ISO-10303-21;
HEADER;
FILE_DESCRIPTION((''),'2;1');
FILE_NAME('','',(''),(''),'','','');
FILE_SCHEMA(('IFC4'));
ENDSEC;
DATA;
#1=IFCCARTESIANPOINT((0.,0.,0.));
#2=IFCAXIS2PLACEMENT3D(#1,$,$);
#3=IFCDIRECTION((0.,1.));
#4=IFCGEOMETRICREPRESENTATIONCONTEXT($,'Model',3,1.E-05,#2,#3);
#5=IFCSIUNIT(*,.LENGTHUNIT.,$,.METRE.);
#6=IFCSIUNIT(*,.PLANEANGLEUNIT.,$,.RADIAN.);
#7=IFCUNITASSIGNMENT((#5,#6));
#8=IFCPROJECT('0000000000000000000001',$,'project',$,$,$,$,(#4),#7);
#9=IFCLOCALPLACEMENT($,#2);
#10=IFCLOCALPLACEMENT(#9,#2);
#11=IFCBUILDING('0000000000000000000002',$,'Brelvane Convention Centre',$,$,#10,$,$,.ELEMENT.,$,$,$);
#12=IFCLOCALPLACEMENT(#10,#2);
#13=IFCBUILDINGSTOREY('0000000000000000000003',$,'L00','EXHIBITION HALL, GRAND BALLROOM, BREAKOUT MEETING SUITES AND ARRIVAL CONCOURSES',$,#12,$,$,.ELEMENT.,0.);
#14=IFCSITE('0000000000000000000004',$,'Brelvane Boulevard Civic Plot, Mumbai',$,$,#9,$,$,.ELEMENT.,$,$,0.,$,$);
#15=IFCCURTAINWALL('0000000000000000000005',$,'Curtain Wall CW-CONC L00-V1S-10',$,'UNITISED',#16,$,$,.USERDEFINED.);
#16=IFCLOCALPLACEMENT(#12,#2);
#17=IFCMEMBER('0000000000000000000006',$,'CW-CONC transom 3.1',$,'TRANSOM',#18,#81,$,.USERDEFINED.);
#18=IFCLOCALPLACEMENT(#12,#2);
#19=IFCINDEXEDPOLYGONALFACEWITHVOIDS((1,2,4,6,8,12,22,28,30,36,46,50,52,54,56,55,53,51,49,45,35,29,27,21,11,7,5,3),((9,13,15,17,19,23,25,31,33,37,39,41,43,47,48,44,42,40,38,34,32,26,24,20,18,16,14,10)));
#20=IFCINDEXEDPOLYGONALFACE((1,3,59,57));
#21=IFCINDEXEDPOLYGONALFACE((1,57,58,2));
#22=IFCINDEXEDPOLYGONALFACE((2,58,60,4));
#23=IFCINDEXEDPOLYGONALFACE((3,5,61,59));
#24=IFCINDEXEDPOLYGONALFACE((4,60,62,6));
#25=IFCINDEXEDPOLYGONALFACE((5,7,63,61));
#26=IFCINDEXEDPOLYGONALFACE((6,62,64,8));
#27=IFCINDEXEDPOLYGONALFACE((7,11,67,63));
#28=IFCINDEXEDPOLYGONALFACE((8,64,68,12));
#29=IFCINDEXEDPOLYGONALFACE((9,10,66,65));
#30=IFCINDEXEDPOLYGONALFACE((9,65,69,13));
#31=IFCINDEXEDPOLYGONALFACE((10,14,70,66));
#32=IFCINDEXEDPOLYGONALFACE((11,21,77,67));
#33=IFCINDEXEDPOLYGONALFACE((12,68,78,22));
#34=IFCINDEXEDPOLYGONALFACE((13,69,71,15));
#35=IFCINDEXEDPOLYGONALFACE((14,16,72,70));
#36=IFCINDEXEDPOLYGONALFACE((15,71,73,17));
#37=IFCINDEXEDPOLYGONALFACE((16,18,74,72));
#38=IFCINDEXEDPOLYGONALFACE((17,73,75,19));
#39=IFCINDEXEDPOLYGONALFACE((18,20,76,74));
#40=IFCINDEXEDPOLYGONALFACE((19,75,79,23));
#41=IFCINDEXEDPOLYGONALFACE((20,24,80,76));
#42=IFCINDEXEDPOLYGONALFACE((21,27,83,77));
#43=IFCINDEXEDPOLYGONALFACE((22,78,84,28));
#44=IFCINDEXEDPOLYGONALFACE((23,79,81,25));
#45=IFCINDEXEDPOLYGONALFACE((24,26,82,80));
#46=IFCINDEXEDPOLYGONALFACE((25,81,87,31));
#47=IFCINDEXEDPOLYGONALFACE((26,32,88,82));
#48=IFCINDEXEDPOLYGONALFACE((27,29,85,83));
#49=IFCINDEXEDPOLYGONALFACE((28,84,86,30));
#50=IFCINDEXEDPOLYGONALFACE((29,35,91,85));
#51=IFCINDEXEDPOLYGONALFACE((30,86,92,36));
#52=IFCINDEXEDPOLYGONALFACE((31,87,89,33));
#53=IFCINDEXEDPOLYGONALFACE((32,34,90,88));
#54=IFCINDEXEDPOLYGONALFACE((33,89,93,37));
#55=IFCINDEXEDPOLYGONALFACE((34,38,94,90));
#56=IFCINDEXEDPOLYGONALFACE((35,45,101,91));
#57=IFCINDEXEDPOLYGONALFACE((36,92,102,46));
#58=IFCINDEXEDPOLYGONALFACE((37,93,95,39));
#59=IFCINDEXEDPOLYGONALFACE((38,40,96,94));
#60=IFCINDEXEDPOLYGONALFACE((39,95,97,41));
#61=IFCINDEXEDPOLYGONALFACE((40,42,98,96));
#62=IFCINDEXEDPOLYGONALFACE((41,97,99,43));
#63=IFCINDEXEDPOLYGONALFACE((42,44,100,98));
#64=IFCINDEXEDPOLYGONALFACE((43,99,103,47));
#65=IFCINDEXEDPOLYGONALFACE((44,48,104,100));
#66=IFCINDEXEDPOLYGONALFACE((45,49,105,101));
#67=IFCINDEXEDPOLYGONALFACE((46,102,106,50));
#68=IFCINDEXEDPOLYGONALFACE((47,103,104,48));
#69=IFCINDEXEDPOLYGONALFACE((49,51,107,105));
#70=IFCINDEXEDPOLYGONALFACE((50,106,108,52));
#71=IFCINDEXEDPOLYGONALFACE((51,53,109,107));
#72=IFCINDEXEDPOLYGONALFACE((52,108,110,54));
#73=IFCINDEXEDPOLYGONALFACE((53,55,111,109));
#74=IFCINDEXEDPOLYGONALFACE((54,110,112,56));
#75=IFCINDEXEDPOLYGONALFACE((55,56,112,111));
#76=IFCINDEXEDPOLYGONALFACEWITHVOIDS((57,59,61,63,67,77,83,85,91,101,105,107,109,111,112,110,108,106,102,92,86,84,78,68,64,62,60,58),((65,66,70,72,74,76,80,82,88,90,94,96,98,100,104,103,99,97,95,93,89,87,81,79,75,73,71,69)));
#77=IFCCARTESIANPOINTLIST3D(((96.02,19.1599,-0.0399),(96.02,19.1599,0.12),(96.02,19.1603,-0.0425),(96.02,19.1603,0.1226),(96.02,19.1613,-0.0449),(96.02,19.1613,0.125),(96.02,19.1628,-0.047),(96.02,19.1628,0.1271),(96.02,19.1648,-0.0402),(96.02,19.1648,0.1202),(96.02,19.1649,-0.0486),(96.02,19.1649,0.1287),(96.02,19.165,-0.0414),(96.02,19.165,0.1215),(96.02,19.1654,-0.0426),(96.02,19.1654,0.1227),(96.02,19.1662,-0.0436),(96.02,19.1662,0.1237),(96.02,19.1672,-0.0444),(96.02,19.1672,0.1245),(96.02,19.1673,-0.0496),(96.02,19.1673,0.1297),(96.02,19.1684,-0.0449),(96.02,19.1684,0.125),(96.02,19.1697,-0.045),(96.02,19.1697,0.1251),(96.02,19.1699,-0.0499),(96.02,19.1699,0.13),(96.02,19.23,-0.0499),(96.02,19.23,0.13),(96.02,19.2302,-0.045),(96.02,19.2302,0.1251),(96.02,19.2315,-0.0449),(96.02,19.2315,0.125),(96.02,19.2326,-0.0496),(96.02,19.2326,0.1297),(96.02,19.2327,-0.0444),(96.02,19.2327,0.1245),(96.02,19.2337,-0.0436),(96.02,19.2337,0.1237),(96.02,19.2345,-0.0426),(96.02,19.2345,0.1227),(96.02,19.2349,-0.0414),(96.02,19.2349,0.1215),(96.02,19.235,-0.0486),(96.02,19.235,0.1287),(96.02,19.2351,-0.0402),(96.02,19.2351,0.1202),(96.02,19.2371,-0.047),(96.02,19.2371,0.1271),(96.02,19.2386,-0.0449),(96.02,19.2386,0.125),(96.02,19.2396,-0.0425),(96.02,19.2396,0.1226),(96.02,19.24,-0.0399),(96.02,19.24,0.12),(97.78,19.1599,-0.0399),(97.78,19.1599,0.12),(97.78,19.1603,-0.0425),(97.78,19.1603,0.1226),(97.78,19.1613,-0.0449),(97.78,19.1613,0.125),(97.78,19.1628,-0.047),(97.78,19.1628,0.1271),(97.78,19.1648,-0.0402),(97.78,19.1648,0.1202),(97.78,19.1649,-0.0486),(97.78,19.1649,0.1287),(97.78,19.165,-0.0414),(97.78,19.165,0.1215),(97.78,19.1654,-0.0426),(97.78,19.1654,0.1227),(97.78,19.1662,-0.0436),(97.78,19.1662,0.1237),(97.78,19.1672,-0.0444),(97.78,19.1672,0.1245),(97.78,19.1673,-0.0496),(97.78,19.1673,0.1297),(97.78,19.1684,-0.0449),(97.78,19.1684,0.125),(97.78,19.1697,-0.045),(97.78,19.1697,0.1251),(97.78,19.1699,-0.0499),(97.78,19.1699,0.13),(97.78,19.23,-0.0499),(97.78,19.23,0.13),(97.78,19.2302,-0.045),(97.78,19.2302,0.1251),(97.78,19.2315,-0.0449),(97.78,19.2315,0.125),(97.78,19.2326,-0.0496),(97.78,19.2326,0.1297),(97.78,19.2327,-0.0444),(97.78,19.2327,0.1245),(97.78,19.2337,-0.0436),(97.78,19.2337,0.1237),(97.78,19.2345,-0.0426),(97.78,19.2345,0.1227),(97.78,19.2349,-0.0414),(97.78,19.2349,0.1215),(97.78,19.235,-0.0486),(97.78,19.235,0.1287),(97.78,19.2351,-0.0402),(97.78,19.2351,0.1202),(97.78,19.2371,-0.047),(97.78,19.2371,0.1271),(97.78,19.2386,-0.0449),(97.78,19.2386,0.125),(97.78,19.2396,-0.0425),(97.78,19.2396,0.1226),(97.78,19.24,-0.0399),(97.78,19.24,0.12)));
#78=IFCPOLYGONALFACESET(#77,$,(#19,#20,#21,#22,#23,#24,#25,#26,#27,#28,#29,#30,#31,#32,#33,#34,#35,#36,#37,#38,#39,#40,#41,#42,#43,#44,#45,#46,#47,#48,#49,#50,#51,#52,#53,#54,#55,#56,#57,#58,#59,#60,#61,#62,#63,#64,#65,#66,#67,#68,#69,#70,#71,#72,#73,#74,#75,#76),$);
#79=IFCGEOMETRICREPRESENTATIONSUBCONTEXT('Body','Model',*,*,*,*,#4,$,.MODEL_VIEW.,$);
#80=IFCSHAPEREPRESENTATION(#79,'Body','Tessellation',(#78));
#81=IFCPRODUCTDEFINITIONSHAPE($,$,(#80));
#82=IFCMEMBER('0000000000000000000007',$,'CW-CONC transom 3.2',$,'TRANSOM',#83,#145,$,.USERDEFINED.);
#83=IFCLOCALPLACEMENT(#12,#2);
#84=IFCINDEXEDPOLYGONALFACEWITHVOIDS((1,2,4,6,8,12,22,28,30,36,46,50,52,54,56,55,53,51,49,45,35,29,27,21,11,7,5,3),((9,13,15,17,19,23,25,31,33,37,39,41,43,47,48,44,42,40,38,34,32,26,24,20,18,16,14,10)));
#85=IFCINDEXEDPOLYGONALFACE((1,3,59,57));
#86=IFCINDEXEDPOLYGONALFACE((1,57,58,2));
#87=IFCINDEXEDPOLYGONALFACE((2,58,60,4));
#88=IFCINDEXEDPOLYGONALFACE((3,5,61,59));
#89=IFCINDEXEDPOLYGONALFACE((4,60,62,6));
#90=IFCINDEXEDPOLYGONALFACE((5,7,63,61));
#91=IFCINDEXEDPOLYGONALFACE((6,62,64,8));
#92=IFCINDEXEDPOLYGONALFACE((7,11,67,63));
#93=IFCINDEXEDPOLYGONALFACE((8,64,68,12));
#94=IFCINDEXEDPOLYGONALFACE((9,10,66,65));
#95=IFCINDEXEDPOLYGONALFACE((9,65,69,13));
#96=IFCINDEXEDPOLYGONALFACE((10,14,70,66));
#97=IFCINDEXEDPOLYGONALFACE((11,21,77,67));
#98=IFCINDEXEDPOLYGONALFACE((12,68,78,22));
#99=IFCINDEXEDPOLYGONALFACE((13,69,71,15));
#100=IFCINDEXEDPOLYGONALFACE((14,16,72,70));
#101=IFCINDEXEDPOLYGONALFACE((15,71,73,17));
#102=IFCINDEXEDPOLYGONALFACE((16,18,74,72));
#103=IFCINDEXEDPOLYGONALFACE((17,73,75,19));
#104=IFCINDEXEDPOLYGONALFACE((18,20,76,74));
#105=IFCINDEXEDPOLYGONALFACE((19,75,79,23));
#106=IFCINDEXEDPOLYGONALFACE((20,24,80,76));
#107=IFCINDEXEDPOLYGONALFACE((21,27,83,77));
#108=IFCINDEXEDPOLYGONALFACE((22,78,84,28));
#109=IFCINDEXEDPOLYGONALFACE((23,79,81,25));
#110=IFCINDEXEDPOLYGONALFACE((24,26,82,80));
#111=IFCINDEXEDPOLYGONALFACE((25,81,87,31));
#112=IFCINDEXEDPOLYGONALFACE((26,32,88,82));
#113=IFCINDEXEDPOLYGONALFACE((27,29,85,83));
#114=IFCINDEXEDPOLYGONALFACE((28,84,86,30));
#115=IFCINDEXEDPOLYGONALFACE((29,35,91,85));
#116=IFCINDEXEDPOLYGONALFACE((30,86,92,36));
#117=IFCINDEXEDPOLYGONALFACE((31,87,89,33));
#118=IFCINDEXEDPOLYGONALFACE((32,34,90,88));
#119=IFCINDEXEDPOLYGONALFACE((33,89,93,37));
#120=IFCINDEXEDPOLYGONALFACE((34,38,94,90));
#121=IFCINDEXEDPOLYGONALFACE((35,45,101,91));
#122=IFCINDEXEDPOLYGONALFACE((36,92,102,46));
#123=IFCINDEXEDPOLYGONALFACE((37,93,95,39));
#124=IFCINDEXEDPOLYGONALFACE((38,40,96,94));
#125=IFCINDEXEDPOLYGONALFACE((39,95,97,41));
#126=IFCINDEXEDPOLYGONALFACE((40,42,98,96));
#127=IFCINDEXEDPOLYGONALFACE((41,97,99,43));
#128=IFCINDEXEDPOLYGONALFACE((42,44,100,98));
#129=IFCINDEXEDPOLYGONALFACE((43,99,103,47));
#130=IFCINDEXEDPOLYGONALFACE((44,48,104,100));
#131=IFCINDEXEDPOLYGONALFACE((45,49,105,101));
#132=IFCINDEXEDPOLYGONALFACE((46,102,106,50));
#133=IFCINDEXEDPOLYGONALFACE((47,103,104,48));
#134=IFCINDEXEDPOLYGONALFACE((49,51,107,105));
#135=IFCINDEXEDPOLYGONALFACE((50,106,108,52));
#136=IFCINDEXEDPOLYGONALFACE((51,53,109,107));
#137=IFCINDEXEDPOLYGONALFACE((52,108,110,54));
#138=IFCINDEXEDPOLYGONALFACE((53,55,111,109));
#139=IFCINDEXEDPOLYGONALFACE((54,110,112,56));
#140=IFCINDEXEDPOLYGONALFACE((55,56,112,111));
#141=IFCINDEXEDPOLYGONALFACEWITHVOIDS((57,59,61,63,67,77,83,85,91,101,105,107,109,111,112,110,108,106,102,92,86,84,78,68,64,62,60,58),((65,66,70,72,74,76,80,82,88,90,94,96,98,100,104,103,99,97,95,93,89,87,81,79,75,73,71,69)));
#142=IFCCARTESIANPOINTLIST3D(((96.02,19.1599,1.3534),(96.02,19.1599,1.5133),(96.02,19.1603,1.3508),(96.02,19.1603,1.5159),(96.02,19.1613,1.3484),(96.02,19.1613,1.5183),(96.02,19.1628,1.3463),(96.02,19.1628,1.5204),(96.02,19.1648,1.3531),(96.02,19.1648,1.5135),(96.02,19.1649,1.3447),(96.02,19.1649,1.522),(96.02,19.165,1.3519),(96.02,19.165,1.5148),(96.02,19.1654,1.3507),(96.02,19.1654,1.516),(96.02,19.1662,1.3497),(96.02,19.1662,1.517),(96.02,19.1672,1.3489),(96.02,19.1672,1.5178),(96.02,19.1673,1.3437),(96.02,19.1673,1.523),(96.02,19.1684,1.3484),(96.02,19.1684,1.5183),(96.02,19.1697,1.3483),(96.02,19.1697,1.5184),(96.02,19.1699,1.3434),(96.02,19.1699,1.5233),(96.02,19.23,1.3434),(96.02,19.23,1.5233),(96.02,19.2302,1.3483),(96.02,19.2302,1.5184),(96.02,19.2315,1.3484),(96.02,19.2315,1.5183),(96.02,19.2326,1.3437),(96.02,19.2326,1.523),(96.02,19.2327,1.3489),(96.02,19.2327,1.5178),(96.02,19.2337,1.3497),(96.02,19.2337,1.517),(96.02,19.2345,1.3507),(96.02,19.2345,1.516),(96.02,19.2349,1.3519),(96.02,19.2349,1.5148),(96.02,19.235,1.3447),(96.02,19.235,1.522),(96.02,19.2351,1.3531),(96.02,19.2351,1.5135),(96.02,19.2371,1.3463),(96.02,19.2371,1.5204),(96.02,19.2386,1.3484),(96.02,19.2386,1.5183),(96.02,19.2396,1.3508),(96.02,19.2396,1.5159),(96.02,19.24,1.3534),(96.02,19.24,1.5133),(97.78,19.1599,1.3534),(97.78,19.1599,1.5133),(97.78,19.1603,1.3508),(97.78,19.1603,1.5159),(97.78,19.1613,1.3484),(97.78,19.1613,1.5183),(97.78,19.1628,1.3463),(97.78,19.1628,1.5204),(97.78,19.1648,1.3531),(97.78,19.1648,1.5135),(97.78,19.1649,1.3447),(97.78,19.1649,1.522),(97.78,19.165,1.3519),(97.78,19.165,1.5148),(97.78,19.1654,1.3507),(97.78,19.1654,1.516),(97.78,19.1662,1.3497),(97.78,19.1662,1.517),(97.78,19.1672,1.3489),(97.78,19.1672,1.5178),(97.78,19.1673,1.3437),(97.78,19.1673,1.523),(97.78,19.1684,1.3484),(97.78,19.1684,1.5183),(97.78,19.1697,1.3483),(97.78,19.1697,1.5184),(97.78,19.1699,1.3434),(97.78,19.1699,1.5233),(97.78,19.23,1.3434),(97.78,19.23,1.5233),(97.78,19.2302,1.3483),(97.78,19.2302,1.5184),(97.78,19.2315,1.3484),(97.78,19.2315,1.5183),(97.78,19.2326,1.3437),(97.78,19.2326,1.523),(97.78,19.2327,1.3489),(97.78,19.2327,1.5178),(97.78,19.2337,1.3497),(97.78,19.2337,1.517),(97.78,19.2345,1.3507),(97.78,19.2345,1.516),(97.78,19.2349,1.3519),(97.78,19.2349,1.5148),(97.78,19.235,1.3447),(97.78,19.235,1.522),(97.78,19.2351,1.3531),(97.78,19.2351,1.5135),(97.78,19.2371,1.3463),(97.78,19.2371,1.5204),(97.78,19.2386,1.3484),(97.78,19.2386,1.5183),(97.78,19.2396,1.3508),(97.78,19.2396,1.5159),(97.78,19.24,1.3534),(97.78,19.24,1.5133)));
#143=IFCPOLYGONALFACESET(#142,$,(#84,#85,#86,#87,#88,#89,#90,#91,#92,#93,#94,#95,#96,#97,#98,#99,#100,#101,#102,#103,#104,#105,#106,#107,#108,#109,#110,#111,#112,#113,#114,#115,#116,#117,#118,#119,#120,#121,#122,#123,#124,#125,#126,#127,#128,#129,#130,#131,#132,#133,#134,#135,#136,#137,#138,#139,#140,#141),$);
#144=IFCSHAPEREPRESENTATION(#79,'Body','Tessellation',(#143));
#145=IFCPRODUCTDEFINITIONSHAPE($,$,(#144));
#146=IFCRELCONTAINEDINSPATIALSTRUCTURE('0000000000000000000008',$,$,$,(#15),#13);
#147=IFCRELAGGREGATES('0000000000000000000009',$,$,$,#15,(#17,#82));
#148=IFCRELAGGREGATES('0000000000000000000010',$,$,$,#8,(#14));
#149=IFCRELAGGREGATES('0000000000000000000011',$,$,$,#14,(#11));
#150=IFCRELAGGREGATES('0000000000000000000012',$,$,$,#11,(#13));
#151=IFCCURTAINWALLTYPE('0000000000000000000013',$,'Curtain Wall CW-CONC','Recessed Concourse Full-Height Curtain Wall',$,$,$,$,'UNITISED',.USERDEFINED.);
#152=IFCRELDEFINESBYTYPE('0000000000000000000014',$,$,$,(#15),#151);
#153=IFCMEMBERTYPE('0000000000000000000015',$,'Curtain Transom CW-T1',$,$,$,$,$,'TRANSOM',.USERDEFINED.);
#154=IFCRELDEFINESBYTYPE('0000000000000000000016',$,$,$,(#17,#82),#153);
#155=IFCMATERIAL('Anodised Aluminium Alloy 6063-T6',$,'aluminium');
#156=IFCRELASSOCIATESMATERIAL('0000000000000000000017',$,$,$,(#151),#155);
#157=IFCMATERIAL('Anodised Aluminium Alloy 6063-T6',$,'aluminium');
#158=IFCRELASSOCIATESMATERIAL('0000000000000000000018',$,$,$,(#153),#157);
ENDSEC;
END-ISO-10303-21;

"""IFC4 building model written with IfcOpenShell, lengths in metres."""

from ifc_helpers import new_model, si_unit, direction, frame, origin, origin_2d, place, context, subcontext, project, spatial, hollow_rectangle, extrude, material, material_profile, profile_set, type_object, element, aggregate, save


model = new_model("IFC4")

# Units and contexts
model_context = context("Model", 3, precision=1e-05, world=origin(), true_north=direction((0.0, 1.0)))
body_context = subcontext(model_context, "Body", "Model", "MODEL_VIEW")
ifc_project = project(units=[si_unit("LENGTHUNIT", "METRE"), si_unit("PLANEANGLEUNIT", "RADIAN")], contexts=[model_context])

# Site, building, storey
site_placement = place(None, origin())
site = spatial("IfcSite", under=ifc_project, at=site_placement, Name="Brelvane Boulevard Civic Plot, Mumbai", CompositionType="ELEMENT", RefElevation=0.0)
building_placement = place(site_placement, origin())
building = spatial("IfcBuilding", under=site, at=building_placement, Name="Brelvane Convention Centre", CompositionType="ELEMENT")
storey_placement = place(building_placement, origin())
storey = spatial("IfcBuildingStorey", under=building, at=storey_placement, Name="L00", Description="EXHIBITION HALL, GRAND BALLROOM, BREAKOUT MEETING SUITES AND ARRIVAL CONCOURSES", CompositionType="ELEMENT", Elevation=0.0)

# Curtain wall, members
ifc_material_1 = material(Name="Anodised Aluminium Alloy 6063-T6", Category="aluminium")
curtain_wall_type = type_object("IfcCurtainWallType", Name="Curtain Wall CW-CONC", Description="Recessed Concourse Full-Height Curtain Wall", ElementType="UNITISED", PredefinedType="USERDEFINED", material=ifc_material_1)
curtain_wall_placement = place(storey_placement, origin())
curtain_wall = element("IfcCurtainWall", 1, at=curtain_wall_placement, inside=storey, type_object=curtain_wall_type, Name="Curtain Wall CW-CONC L00-V1S-10", ObjectType="UNITISED", PredefinedType="USERDEFINED")
ifc_material_2 = material(Name="Anodised Aluminium Alloy 6063-T6", Category="aluminium")
ifc_material_profile_1 = material_profile(ifc_material_2, hollow_rectangle(XDim=0.0801, YDim=0.1799, WallThickness=0.0049, InnerFilletRadius=0.0049, OuterFilletRadius=0.01, at=origin_2d()), Name="ALU-T 180x80x5.0")
ifc_profile_set_1 = profile_set([ifc_material_profile_1], Name="Anodised Aluminium Alloy 6063-T6")
member_type_1 = type_object("IfcMemberType", Name="Curtain Transom CW-T1", ElementType="TRANSOM", PredefinedType="USERDEFINED", material=ifc_profile_set_1)
member_1_placement = place(storey_placement, frame((96.02, 19.2, 0.04), z_axis=(1.0, 0.0, 0.0), x_axis=(0.0, 1.0, 0.0)))
member_1 = element("IfcMember", 2, at=member_1_placement, type_object=member_type_1, Name="CW-CONC transom 3.1", ObjectType="TRANSOM", PredefinedType="USERDEFINED", context=body_context, shape_type="SweptSolid", body=[
    extrude(hollow_rectangle(XDim=0.0801, YDim=0.1799, WallThickness=0.0049, InnerFilletRadius=0.0049, OuterFilletRadius=0.01, at=origin_2d()), origin(), (0.0, 0.0, 1.0), 1.76),
])
member_2_placement = place(storey_placement, frame((96.02, 19.2, 1.4333), z_axis=(1.0, 0.0, 0.0), x_axis=(0.0, 1.0, 0.0)))
member_2 = element("IfcMember", 3, at=member_2_placement, type_object=member_type_1, Name="CW-CONC transom 3.2", ObjectType="TRANSOM", PredefinedType="USERDEFINED", context=body_context, shape_type="SweptSolid", body=[
    extrude(hollow_rectangle(XDim=0.0801, YDim=0.1799, WallThickness=0.0049, InnerFilletRadius=0.0049, OuterFilletRadius=0.01, at=origin_2d()), origin(), (0.0, 0.0, 1.0), 1.76),
])

aggregate(curtain_wall, [member_1, member_2])

save(model, "model.ifc")
